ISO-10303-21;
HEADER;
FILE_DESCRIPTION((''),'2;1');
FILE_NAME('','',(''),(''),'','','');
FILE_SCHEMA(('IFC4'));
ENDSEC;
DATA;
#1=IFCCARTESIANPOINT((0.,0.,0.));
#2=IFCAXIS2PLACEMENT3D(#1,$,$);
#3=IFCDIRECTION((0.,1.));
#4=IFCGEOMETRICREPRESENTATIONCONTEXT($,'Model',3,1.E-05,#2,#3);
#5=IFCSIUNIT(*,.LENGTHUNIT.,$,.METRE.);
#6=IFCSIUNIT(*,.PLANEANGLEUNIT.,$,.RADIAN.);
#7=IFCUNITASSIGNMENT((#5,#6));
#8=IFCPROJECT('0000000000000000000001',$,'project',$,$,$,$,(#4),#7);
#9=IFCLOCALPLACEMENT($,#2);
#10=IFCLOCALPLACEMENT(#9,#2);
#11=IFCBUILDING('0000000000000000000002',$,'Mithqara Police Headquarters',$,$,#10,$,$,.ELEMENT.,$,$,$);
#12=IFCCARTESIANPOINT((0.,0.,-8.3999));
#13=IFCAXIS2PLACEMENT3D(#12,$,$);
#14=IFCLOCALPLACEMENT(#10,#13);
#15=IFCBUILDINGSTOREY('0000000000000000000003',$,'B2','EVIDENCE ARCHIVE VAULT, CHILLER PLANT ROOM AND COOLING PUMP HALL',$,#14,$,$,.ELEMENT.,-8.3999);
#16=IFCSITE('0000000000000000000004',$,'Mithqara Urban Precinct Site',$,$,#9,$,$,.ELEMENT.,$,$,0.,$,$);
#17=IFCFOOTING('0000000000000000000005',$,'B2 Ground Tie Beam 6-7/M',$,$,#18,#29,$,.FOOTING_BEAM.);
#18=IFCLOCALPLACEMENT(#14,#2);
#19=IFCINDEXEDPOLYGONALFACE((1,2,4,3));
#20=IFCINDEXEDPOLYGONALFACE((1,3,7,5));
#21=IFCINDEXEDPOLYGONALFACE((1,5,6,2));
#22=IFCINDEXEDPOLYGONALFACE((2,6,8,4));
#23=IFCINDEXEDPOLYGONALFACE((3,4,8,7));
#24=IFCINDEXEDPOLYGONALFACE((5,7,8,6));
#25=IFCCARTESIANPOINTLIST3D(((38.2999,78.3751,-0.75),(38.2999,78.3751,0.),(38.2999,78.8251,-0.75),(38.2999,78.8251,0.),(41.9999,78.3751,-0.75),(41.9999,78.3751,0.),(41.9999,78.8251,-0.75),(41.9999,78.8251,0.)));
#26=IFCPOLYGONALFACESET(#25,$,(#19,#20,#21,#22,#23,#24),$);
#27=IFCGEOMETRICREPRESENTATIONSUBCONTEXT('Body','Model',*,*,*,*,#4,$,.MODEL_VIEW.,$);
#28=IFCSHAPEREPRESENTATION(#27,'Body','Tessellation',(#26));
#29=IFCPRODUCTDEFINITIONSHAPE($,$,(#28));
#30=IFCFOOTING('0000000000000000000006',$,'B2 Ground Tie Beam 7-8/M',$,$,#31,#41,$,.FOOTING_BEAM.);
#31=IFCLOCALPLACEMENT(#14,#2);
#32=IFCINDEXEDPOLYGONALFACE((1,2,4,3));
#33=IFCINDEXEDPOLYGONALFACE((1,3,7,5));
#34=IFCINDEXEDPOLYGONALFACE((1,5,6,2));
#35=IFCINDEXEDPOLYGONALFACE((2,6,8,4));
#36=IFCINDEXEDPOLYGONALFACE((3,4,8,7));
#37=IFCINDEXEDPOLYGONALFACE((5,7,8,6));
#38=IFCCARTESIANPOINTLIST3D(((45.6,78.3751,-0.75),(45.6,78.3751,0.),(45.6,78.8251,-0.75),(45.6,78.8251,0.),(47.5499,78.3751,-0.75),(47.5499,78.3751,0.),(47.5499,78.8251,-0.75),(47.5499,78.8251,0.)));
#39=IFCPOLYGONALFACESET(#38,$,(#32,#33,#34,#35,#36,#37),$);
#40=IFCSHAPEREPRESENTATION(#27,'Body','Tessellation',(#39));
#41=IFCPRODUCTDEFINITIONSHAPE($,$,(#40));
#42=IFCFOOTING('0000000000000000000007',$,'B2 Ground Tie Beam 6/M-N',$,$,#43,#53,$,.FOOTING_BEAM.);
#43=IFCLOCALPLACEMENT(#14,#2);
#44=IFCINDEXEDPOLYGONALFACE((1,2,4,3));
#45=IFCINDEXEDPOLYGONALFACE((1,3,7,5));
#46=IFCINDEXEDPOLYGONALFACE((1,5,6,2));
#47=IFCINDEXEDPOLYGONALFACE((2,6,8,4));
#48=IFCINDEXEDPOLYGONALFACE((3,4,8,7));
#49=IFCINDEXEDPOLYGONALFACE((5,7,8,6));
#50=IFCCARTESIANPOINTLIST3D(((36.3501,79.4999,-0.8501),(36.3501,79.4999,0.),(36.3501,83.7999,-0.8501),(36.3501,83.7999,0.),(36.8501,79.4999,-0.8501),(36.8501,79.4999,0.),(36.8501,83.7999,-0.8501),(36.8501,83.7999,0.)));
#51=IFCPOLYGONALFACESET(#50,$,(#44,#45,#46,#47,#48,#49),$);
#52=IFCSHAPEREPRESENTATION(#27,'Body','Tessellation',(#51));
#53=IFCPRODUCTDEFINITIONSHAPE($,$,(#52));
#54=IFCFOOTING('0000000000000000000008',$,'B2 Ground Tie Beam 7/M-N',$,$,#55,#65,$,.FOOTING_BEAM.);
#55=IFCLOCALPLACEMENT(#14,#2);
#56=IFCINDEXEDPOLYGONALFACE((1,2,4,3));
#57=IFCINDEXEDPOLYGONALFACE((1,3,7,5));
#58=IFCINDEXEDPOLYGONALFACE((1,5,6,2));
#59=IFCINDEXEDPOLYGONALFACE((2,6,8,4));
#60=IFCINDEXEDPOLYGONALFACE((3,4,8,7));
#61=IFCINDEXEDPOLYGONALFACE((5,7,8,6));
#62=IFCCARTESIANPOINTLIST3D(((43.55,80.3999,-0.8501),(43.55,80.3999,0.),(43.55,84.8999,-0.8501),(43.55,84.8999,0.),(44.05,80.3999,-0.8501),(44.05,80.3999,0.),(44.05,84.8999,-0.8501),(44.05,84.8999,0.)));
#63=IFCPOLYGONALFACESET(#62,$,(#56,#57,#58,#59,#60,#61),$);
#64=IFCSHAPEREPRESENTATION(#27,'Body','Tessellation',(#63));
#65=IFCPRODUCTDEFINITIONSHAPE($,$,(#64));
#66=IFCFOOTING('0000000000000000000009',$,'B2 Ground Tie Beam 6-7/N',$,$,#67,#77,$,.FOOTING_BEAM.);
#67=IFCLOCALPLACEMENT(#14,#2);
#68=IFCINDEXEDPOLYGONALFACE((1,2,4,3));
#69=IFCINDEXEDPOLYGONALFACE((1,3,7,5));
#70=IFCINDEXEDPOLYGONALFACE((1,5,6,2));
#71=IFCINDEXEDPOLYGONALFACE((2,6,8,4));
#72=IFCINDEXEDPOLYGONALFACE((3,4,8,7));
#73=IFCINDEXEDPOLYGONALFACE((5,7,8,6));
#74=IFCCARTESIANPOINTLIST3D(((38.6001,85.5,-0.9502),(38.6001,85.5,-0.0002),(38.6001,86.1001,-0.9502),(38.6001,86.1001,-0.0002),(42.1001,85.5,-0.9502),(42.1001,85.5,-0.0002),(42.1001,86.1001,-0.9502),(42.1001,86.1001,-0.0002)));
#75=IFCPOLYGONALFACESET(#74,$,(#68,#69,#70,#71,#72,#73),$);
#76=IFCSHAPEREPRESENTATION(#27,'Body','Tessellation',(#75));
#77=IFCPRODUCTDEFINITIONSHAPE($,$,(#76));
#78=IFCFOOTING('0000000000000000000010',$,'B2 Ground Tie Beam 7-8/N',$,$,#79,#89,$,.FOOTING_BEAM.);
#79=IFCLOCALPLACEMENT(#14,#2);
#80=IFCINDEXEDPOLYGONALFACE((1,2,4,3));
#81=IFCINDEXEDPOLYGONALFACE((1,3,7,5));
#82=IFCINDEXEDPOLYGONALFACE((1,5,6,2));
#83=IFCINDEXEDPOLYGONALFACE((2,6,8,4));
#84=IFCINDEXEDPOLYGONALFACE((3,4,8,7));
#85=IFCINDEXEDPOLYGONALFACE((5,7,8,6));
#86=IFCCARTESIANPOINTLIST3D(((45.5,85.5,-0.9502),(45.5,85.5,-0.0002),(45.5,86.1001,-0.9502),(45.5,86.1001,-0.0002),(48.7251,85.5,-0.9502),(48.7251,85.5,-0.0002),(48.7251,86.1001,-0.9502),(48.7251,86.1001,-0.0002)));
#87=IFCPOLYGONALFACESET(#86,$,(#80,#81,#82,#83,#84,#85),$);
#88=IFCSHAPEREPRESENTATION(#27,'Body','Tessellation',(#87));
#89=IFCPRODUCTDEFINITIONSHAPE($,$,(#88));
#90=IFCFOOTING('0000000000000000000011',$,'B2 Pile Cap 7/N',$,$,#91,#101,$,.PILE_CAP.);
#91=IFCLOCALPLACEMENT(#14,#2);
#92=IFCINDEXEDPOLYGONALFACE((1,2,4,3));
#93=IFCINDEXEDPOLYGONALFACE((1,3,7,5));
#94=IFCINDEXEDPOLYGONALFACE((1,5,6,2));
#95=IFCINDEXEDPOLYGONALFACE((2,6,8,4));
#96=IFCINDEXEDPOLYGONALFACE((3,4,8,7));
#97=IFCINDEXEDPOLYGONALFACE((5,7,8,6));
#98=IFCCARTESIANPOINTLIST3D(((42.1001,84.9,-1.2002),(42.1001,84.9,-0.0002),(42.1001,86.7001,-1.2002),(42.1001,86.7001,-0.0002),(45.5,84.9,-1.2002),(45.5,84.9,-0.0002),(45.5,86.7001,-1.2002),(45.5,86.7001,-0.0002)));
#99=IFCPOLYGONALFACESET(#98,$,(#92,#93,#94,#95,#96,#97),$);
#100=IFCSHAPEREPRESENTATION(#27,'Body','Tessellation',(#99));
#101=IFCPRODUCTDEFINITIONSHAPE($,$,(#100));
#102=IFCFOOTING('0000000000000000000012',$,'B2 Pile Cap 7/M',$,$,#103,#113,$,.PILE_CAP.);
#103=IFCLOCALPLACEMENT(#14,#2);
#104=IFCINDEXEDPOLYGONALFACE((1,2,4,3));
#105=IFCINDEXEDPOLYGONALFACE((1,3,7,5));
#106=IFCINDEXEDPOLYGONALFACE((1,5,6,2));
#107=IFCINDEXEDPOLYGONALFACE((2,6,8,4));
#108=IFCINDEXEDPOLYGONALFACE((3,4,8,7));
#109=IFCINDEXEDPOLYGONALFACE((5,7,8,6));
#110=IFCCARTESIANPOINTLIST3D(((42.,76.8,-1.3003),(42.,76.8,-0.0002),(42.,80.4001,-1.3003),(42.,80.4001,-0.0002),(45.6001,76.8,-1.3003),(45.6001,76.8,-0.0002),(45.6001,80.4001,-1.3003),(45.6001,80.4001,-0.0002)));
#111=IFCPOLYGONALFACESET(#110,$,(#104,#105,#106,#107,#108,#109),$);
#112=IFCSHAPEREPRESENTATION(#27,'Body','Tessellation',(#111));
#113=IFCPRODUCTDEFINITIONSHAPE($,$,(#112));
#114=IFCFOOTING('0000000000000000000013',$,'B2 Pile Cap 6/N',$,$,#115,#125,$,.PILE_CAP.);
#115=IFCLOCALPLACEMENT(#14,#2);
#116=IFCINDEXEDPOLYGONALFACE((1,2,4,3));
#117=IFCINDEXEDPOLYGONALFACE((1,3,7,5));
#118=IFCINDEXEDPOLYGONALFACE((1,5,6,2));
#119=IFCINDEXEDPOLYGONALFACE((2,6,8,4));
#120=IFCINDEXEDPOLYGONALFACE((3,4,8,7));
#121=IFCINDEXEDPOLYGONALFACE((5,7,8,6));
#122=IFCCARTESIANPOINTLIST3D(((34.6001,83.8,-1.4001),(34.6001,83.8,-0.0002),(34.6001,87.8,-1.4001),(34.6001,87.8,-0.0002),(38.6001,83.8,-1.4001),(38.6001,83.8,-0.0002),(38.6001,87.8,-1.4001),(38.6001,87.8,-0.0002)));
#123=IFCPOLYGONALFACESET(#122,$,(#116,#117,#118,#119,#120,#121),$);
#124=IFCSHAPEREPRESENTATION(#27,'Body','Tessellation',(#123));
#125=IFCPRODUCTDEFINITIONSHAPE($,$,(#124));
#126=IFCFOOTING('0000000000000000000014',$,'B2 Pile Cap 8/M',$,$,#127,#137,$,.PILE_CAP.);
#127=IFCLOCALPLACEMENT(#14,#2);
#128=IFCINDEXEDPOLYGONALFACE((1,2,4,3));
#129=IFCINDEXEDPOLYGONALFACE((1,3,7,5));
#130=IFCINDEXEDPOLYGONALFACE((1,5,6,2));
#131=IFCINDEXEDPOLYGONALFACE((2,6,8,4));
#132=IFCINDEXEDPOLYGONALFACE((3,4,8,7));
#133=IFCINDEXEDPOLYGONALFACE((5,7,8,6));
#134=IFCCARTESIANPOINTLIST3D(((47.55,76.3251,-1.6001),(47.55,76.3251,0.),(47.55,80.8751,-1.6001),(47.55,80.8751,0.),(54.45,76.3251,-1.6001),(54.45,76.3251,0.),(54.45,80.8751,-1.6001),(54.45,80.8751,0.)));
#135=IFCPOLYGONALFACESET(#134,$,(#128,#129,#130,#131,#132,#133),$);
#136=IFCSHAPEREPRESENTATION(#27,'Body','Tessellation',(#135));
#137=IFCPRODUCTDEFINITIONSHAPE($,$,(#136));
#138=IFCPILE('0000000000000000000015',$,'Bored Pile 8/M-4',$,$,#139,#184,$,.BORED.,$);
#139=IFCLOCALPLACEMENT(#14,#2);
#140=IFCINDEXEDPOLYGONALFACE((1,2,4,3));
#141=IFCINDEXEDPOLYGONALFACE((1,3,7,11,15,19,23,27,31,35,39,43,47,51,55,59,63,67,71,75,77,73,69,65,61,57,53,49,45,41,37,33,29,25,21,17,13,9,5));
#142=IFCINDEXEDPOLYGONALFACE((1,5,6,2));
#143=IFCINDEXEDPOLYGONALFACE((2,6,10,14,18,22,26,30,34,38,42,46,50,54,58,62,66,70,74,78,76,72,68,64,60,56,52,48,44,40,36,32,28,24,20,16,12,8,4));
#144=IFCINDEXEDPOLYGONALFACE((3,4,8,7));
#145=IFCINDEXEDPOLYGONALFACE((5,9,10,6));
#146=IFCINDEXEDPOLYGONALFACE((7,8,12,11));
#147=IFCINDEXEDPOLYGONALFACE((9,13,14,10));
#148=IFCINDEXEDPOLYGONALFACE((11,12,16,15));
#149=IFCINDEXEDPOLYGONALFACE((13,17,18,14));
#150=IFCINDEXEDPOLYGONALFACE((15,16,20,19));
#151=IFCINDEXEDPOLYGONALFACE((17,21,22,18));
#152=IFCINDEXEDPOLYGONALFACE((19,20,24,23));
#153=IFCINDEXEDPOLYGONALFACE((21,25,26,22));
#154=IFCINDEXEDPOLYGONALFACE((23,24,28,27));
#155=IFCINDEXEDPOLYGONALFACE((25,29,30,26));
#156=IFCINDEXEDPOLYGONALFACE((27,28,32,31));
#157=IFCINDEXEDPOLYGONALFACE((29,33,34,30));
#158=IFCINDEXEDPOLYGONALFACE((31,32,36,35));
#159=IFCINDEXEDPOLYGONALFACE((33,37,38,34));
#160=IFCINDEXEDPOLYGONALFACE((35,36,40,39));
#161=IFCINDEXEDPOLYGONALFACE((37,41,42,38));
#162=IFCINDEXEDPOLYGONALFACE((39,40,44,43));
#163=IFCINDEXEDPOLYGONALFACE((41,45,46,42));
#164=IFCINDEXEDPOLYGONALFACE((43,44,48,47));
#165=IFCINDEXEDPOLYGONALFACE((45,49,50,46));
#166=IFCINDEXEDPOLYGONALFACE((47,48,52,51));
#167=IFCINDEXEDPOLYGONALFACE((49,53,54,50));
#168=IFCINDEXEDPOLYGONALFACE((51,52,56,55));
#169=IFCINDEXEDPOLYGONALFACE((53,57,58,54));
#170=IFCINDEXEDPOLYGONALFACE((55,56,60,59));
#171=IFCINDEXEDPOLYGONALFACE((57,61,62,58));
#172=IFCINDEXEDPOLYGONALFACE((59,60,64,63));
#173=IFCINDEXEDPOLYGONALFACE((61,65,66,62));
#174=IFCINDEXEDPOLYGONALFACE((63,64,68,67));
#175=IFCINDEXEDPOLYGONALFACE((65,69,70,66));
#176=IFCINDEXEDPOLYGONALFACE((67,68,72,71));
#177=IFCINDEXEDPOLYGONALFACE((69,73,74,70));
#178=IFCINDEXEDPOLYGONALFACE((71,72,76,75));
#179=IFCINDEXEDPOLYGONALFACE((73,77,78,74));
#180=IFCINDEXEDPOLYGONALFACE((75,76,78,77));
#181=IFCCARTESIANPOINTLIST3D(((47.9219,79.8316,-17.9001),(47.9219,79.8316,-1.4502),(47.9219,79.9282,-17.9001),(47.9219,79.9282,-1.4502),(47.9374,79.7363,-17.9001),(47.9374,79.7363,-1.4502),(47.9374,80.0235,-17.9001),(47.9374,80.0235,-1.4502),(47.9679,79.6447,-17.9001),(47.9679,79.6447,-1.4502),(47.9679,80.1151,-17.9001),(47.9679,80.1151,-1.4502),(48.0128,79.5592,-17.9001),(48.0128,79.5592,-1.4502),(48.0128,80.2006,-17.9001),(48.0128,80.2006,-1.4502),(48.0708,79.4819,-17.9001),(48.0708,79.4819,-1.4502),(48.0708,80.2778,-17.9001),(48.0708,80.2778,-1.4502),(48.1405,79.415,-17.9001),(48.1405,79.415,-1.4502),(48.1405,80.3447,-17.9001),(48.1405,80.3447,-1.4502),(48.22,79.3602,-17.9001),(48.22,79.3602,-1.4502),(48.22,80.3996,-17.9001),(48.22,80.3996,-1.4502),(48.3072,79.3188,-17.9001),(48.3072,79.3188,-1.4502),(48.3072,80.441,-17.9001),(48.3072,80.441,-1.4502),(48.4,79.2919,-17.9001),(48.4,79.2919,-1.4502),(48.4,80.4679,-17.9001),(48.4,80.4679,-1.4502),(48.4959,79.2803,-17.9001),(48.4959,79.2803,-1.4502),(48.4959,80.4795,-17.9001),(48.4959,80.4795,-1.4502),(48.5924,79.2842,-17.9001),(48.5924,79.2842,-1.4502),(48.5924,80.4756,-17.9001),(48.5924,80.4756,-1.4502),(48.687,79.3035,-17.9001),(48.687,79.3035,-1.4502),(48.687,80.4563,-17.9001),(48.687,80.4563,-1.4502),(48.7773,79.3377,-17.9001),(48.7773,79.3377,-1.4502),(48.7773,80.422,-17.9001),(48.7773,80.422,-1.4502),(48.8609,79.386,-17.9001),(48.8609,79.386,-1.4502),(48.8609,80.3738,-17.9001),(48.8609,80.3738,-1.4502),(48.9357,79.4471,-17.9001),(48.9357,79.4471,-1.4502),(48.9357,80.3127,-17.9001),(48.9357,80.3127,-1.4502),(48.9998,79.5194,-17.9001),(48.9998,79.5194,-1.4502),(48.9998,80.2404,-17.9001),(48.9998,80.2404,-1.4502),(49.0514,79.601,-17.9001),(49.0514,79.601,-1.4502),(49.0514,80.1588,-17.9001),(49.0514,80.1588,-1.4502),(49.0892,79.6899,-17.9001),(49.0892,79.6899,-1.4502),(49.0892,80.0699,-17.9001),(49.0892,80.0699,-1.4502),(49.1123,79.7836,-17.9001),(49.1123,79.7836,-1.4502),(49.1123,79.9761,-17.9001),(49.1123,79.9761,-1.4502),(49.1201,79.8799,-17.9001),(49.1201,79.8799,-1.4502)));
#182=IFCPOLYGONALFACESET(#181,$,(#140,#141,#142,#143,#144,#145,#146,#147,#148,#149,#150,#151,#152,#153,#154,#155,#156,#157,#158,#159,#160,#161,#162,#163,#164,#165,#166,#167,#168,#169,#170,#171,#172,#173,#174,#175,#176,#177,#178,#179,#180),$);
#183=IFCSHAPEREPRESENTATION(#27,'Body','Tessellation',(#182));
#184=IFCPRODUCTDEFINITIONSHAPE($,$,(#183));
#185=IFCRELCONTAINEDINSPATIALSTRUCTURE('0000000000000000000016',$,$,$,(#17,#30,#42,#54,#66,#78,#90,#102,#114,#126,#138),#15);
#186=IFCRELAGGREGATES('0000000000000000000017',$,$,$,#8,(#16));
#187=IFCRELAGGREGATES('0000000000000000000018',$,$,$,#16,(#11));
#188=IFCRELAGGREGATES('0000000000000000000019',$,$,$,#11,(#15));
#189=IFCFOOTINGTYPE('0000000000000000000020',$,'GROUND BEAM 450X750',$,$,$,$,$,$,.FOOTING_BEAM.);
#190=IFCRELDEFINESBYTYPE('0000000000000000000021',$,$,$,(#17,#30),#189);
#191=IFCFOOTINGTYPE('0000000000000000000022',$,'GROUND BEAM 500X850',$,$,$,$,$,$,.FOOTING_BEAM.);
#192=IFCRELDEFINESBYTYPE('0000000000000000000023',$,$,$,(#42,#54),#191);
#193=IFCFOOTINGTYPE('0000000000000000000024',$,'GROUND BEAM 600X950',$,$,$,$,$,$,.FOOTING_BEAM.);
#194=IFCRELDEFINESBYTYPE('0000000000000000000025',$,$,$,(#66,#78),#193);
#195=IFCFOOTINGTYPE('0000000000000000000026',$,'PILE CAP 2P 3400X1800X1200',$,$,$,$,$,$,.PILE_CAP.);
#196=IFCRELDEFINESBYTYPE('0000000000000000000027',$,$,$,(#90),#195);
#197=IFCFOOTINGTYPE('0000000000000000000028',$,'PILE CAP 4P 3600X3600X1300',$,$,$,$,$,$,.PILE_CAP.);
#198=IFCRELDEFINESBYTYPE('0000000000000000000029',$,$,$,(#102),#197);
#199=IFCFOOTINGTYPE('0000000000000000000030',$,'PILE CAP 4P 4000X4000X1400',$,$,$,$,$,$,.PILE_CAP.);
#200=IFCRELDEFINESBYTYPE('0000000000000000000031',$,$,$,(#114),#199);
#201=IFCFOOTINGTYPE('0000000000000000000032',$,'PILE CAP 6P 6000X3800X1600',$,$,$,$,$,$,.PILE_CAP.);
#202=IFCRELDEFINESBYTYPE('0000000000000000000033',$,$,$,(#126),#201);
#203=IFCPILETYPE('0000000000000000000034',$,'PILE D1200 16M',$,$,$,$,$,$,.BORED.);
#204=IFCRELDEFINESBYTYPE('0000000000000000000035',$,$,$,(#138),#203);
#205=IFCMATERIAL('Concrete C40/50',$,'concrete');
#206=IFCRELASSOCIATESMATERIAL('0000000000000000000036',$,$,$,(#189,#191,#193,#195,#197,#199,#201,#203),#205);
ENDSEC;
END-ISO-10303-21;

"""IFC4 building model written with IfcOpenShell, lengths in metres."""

from ifc_helpers import new_model, si_unit, direction, frame, origin, origin_2d, place, context, subcontext, project, spatial, rectangle, circle, extrude, material, material_profile, profile_set, type_object, element, save


model = new_model("IFC4")

# Units and contexts
model_context = context("Model", 3, precision=1e-05, world=origin(), true_north=direction((0.0, 1.0)))
body_context = subcontext(model_context, "Body", "Model", "MODEL_VIEW")
ifc_project = project(units=[si_unit("LENGTHUNIT", "METRE"), si_unit("PLANEANGLEUNIT", "RADIAN")], contexts=[model_context])

# Site, building, storey
site_placement = place(None, origin())
site = spatial("IfcSite", under=ifc_project, at=site_placement, Name="Mithqara Urban Precinct Site", CompositionType="ELEMENT", RefElevation=0.0)
building_placement = place(site_placement, origin())
building = spatial("IfcBuilding", under=site, at=building_placement, Name="Mithqara Police Headquarters", CompositionType="ELEMENT")
storey_placement = place(building_placement, frame((0.0, 0.0, -8.3999)))
storey = spatial("IfcBuildingStorey", under=building, at=storey_placement, Name="B2", Description="EVIDENCE ARCHIVE VAULT, CHILLER PLANT ROOM AND COOLING PUMP HALL", CompositionType="ELEMENT", Elevation=-8.3999)

# Footings
ifc_material_1 = material(Name="Concrete C40/50", Category="concrete")
footing_type_1 = type_object("IfcFootingType", Name="GROUND BEAM 450X750", PredefinedType="FOOTING_BEAM", material=ifc_material_1)
footing_1_placement = place(storey_placement, frame((40.1499, 78.6001, -0.75), z_axis=(0.0, 0.0, 1.0), x_axis=(1.0, 0.0, 0.0)))
element("IfcFooting", 1, at=footing_1_placement, inside=storey, type_object=footing_type_1, Name="B2 Ground Tie Beam 6-7/M", PredefinedType="FOOTING_BEAM", context=body_context, shape_type="SweptSolid", body=[
    extrude(rectangle(XDim=3.7, YDim=0.45, at=origin_2d()), origin(), (0.0, 0.0, 1.0), 0.75),
])
footing_2_placement = place(storey_placement, frame((46.575, 78.6001, -0.75), z_axis=(0.0, 0.0, 1.0), x_axis=(1.0, 0.0, 0.0)))
element("IfcFooting", 2, at=footing_2_placement, inside=storey, type_object=footing_type_1, Name="B2 Ground Tie Beam 7-8/M", PredefinedType="FOOTING_BEAM", context=body_context, shape_type="SweptSolid", body=[
    extrude(rectangle(XDim=1.95, YDim=0.45, at=origin_2d()), origin(), (0.0, 0.0, 1.0), 0.75),
])
footing_type_2 = type_object("IfcFootingType", Name="GROUND BEAM 500X850", PredefinedType="FOOTING_BEAM", material=ifc_material_1)
footing_3_placement = place(storey_placement, frame((36.6001, 81.6499, -0.8501), z_axis=(0.0, 0.0, 1.0), x_axis=(1.0, 0.0, 0.0)))
element("IfcFooting", 3, at=footing_3_placement, inside=storey, type_object=footing_type_2, Name="B2 Ground Tie Beam 6/M-N", PredefinedType="FOOTING_BEAM", context=body_context, shape_type="SweptSolid", body=[
    extrude(rectangle(XDim=0.5, YDim=4.3, at=origin_2d()), origin(), (0.0, 0.0, 1.0), 0.8501),
])
footing_4_placement = place(storey_placement, frame((43.8, 82.6499, -0.8501), z_axis=(0.0, 0.0, 1.0), x_axis=(1.0, 0.0, 0.0)))
element("IfcFooting", 4, at=footing_4_placement, inside=storey, type_object=footing_type_2, Name="B2 Ground Tie Beam 7/M-N", PredefinedType="FOOTING_BEAM", context=body_context, shape_type="SweptSolid", body=[
    extrude(rectangle(XDim=0.5, YDim=4.5, at=origin_2d()), origin(), (0.0, 0.0, 1.0), 0.8501),
])
footing_type_3 = type_object("IfcFootingType", Name="GROUND BEAM 600X950", PredefinedType="FOOTING_BEAM", material=ifc_material_1)
footing_5_placement = place(storey_placement, frame((40.3501, 85.8, -0.9502), z_axis=(0.0, 0.0, 1.0), x_axis=(1.0, 0.0, 0.0)))
element("IfcFooting", 5, at=footing_5_placement, inside=storey, type_object=footing_type_3, Name="B2 Ground Tie Beam 6-7/N", PredefinedType="FOOTING_BEAM", context=body_context, shape_type="SweptSolid", body=[
    extrude(rectangle(XDim=3.5, YDim=0.6001, at=origin_2d()), origin(), (0.0, 0.0, 1.0), 0.95),
])
footing_6_placement = place(storey_placement, frame((47.1125, 85.8, -0.9502), z_axis=(0.0, 0.0, 1.0), x_axis=(1.0, 0.0, 0.0)))
element("IfcFooting", 6, at=footing_6_placement, inside=storey, type_object=footing_type_3, Name="B2 Ground Tie Beam 7-8/N", PredefinedType="FOOTING_BEAM", context=body_context, shape_type="SweptSolid", body=[
    extrude(rectangle(XDim=3.2251, YDim=0.6001, at=origin_2d()), origin(), (0.0, 0.0, 1.0), 0.95),
])
footing_type_4 = type_object("IfcFootingType", Name="PILE CAP 2P 3400X1800X1200", PredefinedType="PILE_CAP", material=ifc_material_1)
footing_7_placement = place(storey_placement, frame((43.8, 85.8, -1.2002), z_axis=(0.0, 0.0, 1.0), x_axis=(1.0, 0.0, 0.0)))
element("IfcFooting", 7, at=footing_7_placement, inside=storey, type_object=footing_type_4, Name="B2 Pile Cap 7/N", PredefinedType="PILE_CAP", context=body_context, shape_type="SweptSolid", body=[
    extrude(rectangle(XDim=3.3999, YDim=1.8, at=origin_2d()), origin(), (0.0, 0.0, 1.0), 1.2),
])
footing_type_5 = type_object("IfcFootingType", Name="PILE CAP 4P 3600X3600X1300", PredefinedType="PILE_CAP", material=ifc_material_1)
footing_8_placement = place(storey_placement, frame((43.8, 78.6001, -1.3003), z_axis=(0.0, 0.0, 1.0), x_axis=(1.0, 0.0, 0.0)))
element("IfcFooting", 8, at=footing_8_placement, inside=storey, type_object=footing_type_5, Name="B2 Pile Cap 7/M", PredefinedType="PILE_CAP", context=body_context, shape_type="SweptSolid", body=[
    extrude(rectangle(XDim=3.6001, YDim=3.6001, at=origin_2d()), origin(), (0.0, 0.0, 1.0), 1.3),
])
footing_type_6 = type_object("IfcFootingType", Name="PILE CAP 4P 4000X4000X1400", PredefinedType="PILE_CAP", material=ifc_material_1)
footing_9_placement = place(storey_placement, frame((36.6001, 85.8, -1.4001), z_axis=(0.0, 0.0, 1.0), x_axis=(1.0, 0.0, 0.0)))
element("IfcFooting", 9, at=footing_9_placement, inside=storey, type_object=footing_type_6, Name="B2 Pile Cap 6/N", PredefinedType="PILE_CAP", context=body_context, shape_type="SweptSolid", body=[
    extrude(rectangle(XDim=4.0, YDim=4.0, at=origin_2d()), origin(), (0.0, 0.0, 1.0), 1.3999),
])
footing_type_7 = type_object("IfcFootingType", Name="PILE CAP 6P 6000X3800X1600", PredefinedType="PILE_CAP", material=ifc_material_1)
footing_10_placement = place(storey_placement, frame((51.0, 78.6001, -1.6001), z_axis=(0.0, 0.0, 1.0), x_axis=(1.0, 0.0, 0.0)))
element("IfcFooting", 10, at=footing_10_placement, inside=storey, type_object=footing_type_7, Name="B2 Pile Cap 8/M", PredefinedType="PILE_CAP", context=body_context, shape_type="SweptSolid", body=[
    extrude(rectangle(XDim=6.8999, YDim=4.55, at=origin_2d()), origin(), (0.0, 0.0, 1.0), 1.6001),
])

# Pile
ifc_material_profile_1 = material_profile(ifc_material_1, circle(Radius=0.6001, at=origin_2d()), Name="PILE D1200")
ifc_profile_set_1 = profile_set([ifc_material_profile_1], Name="Concrete C40/50")
pile_type_1 = type_object("IfcPileType", Name="PILE D1200 16M", PredefinedType="BORED", material=ifc_profile_set_1)
for number, where, z_axis, x_axis, name in (
    (11, (48.52, 79.8799, -1.4502), (0.0, 0.0, -1.0), (1.0, 0.0, 0.0), "Bored Pile 8/M-4"),
):
    element("IfcPile", number, at=place(storey_placement, frame(where, z_axis=z_axis, x_axis=x_axis)), inside=storey, type_object=pile_type_1, Name=name, PredefinedType="BORED", context=body_context, shape_type="SweptSolid", body=[
        extrude(circle(Radius=0.6001, at=origin_2d()), origin(), (0.0, 0.0, 1.0), 16.45),
    ])

save(model, "model.ifc")
